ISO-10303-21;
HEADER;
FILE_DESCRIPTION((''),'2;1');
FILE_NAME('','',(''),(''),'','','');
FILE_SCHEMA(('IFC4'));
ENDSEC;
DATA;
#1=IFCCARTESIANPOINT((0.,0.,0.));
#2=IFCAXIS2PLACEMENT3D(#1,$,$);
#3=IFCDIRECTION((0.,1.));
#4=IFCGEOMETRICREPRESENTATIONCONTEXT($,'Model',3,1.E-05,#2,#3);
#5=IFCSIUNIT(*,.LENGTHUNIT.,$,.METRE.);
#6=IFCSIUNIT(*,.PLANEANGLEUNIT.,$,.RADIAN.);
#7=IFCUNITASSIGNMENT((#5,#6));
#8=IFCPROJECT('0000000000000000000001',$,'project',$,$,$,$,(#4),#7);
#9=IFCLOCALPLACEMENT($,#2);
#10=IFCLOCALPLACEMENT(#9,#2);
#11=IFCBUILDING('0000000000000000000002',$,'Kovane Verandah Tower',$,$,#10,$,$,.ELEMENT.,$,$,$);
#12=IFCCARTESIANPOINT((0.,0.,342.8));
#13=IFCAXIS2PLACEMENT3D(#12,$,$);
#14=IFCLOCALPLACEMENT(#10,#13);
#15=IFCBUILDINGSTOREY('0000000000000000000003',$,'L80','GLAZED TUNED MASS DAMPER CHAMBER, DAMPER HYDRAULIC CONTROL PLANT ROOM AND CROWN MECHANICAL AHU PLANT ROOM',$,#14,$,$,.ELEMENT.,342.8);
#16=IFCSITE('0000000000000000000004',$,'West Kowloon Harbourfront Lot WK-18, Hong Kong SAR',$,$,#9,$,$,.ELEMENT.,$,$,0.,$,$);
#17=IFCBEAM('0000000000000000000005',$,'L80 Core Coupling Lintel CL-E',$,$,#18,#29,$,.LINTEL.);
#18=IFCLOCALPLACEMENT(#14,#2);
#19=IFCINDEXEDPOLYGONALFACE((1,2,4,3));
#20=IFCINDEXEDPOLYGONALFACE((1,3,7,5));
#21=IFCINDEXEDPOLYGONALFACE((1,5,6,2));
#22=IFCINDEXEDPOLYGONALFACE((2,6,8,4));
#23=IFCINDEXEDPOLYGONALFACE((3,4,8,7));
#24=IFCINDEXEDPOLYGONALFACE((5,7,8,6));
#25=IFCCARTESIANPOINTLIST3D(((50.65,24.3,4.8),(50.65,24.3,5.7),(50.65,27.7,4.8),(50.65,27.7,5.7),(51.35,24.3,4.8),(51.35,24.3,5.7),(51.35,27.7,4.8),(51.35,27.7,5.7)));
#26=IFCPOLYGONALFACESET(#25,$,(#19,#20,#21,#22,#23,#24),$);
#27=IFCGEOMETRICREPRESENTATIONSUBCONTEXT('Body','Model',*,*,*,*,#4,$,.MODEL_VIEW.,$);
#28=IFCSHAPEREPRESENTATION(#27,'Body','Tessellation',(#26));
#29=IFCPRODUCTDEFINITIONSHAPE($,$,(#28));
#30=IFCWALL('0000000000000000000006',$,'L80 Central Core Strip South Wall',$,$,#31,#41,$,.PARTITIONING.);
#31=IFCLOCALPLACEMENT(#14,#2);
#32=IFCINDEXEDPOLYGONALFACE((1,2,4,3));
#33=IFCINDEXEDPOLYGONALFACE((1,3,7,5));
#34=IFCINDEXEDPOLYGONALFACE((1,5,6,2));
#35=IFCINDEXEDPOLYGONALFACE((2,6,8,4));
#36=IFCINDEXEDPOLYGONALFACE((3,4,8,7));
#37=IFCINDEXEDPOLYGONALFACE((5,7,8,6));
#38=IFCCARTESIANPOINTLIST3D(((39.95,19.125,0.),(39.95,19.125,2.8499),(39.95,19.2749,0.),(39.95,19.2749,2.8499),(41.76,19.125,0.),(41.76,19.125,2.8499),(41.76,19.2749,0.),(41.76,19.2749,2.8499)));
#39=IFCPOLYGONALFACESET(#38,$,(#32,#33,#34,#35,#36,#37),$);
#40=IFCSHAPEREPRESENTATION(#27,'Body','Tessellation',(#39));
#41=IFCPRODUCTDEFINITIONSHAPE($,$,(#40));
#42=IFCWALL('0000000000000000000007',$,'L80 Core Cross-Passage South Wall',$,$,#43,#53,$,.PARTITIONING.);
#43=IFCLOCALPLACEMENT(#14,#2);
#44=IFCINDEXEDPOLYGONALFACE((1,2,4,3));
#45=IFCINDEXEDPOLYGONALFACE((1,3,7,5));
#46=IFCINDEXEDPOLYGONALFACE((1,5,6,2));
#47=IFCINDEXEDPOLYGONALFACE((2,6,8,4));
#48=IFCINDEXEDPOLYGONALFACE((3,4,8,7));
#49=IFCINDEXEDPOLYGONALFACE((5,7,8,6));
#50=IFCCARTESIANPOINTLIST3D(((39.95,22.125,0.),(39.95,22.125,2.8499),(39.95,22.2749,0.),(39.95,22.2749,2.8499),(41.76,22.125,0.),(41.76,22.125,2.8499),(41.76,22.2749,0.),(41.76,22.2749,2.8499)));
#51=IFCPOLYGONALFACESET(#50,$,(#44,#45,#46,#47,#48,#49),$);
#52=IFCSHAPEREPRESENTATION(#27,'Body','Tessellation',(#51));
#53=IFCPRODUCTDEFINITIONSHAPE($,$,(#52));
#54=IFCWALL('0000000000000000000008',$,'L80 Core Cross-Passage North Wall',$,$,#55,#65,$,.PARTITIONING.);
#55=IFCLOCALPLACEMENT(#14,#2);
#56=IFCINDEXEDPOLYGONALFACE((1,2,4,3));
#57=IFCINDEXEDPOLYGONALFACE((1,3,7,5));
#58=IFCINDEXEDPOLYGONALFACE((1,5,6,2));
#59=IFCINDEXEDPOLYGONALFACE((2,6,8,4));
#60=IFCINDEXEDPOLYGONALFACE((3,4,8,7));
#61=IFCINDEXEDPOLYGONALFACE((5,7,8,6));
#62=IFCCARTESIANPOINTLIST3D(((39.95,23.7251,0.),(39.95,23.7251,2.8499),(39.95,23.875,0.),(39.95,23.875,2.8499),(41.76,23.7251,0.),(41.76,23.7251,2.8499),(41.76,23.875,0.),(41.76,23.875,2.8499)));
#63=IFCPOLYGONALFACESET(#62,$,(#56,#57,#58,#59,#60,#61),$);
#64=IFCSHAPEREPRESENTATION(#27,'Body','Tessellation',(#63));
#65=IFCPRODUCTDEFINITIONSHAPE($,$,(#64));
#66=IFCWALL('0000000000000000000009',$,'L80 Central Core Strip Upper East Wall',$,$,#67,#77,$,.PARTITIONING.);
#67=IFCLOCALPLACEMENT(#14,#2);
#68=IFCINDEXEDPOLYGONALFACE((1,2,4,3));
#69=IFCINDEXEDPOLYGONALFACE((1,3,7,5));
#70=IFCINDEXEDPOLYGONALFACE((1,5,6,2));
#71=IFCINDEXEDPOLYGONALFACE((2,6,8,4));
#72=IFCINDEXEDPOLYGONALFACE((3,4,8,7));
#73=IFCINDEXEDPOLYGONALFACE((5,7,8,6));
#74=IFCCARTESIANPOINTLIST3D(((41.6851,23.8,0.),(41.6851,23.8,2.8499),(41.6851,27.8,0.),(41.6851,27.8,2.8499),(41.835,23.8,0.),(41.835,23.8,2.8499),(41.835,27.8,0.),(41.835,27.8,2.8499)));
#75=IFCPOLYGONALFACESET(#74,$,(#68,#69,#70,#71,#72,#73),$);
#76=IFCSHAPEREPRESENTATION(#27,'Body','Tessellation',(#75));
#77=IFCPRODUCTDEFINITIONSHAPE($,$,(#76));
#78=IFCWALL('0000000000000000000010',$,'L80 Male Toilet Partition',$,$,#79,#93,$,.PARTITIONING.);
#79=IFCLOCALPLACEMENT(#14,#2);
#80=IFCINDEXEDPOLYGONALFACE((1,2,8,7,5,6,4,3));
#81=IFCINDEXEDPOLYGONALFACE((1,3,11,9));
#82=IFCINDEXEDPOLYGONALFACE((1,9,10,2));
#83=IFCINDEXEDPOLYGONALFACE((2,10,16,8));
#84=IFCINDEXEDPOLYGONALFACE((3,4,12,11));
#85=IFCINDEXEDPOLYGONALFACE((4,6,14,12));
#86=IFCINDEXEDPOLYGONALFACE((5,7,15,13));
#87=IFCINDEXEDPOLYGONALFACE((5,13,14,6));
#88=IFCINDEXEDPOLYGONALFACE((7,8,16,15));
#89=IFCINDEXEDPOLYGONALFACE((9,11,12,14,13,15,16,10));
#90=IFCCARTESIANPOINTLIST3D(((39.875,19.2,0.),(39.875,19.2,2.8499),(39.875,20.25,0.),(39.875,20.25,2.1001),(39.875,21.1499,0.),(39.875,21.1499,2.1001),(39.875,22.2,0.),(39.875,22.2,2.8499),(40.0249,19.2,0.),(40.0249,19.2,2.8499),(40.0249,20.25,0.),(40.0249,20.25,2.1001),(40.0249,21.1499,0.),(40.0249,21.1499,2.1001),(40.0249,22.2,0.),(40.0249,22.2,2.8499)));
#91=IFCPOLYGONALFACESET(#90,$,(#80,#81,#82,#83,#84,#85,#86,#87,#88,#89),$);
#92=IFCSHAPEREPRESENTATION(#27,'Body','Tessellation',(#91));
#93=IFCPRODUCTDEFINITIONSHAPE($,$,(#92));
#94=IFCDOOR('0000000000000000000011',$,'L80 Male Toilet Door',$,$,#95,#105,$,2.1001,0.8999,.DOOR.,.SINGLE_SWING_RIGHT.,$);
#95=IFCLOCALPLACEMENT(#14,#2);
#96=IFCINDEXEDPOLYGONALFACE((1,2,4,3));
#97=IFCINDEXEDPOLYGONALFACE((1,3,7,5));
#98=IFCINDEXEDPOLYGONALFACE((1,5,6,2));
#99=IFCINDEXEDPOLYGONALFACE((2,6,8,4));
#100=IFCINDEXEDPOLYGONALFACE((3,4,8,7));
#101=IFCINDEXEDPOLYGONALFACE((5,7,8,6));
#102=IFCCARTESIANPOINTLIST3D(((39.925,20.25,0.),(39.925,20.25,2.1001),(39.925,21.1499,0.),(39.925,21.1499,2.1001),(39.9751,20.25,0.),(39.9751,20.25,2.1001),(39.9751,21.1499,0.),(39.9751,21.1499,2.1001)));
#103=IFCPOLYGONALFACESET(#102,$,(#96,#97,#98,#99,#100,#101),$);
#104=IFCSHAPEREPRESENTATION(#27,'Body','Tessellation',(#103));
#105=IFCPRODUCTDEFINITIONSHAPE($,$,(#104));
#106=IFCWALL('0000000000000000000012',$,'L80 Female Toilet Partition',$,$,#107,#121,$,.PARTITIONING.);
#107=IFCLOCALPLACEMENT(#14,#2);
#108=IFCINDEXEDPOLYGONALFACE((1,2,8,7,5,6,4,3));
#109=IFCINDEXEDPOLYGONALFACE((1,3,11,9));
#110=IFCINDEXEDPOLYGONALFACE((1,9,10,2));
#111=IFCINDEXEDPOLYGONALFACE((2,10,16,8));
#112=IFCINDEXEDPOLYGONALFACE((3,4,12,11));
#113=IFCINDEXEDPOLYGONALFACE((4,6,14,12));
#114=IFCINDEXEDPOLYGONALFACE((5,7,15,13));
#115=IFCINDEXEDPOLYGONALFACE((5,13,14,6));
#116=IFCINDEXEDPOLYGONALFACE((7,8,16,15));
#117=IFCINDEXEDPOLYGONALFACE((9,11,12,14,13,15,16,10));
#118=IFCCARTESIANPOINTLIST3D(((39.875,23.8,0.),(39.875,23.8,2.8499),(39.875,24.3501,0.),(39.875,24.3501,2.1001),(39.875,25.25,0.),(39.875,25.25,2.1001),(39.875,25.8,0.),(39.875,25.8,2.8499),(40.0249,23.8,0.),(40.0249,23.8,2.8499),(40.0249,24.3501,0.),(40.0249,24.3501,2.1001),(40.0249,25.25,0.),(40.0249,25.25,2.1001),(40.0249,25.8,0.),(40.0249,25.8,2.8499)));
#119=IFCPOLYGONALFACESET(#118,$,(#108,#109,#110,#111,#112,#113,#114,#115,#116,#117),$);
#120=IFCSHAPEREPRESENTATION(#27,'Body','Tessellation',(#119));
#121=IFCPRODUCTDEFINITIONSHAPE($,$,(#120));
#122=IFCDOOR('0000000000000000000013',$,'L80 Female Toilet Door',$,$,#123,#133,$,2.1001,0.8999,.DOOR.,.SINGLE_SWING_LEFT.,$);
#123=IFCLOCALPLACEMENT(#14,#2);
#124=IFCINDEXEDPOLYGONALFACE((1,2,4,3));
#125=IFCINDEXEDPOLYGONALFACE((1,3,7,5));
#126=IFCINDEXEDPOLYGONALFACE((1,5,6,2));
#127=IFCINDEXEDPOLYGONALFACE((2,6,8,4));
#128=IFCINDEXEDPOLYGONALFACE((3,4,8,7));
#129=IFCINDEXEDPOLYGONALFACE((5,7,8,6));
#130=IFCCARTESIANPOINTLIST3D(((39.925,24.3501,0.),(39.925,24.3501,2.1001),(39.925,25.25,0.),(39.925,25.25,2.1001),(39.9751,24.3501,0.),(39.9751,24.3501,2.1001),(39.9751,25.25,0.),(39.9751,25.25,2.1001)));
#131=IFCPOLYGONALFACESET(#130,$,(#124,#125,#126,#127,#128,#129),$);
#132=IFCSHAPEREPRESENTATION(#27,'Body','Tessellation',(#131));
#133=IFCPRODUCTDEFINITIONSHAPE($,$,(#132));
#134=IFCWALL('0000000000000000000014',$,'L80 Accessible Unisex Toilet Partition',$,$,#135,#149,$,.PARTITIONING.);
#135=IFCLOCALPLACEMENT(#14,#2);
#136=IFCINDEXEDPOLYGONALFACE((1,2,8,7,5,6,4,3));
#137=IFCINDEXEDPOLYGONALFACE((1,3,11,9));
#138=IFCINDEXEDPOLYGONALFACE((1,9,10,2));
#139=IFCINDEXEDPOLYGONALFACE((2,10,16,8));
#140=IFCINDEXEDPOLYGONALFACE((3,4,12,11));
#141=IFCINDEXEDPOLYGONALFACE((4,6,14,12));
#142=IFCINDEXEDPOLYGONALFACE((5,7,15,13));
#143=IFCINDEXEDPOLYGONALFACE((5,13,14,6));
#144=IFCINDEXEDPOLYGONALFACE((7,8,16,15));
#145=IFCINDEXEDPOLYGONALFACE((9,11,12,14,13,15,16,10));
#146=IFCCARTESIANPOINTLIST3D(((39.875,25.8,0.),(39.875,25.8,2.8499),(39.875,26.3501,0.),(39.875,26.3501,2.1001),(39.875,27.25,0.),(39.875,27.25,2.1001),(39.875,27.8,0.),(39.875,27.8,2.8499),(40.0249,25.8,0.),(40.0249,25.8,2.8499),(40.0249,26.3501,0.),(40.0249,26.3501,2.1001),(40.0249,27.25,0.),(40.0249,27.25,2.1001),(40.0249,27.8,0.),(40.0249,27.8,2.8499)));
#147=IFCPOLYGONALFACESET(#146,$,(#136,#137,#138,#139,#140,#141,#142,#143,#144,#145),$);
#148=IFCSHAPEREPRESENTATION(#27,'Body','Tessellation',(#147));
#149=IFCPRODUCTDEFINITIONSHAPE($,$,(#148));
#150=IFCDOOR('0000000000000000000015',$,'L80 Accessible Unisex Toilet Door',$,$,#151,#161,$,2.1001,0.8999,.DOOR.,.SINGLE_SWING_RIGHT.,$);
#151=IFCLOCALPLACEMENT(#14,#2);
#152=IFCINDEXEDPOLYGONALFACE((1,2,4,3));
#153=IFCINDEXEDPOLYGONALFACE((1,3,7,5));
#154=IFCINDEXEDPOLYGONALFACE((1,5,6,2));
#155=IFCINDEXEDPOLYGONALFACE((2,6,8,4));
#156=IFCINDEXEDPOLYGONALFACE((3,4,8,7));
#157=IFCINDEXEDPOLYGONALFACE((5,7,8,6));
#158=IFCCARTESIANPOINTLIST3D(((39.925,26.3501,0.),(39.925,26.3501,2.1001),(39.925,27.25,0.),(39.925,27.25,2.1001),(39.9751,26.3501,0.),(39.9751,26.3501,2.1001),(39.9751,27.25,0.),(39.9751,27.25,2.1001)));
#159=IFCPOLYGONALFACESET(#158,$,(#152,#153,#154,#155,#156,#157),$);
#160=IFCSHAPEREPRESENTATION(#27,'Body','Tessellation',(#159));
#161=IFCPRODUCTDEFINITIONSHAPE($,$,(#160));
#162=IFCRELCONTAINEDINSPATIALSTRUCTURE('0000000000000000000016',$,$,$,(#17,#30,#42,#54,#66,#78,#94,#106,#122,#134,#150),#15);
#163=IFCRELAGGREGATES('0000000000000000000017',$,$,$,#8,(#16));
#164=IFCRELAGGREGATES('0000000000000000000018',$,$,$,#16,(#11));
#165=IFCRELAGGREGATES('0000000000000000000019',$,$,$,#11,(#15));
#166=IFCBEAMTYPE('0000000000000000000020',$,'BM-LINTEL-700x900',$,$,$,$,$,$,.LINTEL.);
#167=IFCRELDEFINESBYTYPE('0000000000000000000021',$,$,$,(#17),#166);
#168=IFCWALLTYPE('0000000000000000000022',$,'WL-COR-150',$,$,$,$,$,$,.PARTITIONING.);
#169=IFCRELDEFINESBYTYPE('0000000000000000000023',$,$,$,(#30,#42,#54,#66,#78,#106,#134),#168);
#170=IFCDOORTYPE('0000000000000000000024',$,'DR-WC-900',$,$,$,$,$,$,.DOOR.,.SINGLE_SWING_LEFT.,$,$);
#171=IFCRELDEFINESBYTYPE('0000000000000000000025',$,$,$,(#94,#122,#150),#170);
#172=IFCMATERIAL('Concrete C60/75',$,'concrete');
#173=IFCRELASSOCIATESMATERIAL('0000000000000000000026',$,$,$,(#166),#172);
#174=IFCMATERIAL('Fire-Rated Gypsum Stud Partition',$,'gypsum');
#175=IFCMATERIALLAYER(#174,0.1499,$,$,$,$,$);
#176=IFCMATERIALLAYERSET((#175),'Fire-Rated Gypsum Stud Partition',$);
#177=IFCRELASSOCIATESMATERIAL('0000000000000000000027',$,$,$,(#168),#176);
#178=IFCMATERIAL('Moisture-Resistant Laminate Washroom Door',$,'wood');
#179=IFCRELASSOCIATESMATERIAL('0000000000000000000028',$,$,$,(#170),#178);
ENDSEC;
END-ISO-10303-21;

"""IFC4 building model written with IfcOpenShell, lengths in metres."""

from ifc_helpers import new_model, si_unit, direction, frame, frame_2d, origin, origin_2d, place, context, subcontext, project, spatial, rectangle, extrude, material, layer, layer_set, material_profile, profile_set, type_object, element, fill, save


model = new_model("IFC4")

# Units and contexts
model_context = context("Model", 3, precision=1e-05, world=origin(), true_north=direction((0.0, 1.0)))
body_context = subcontext(model_context, "Body", "Model", "MODEL_VIEW")
ifc_project = project(units=[si_unit("LENGTHUNIT", "METRE"), si_unit("PLANEANGLEUNIT", "RADIAN")], contexts=[model_context])

# Site, building, storey
site_placement = place(None, origin())
site = spatial("IfcSite", under=ifc_project, at=site_placement, Name="West Kowloon Harbourfront Lot WK-18, Hong Kong SAR", CompositionType="ELEMENT", RefElevation=0.0)
building_placement = place(site_placement, origin())
building = spatial("IfcBuilding", under=site, at=building_placement, Name="Kovane Verandah Tower", CompositionType="ELEMENT")
storey_placement = place(building_placement, frame((0.0, 0.0, 342.8)))
storey = spatial("IfcBuildingStorey", under=building, at=storey_placement, Name="L80", Description="GLAZED TUNED MASS DAMPER CHAMBER, DAMPER HYDRAULIC CONTROL PLANT ROOM AND CROWN MECHANICAL AHU PLANT ROOM", CompositionType="ELEMENT", Elevation=342.8)

# Beam
ifc_material_1 = material(Name="Concrete C60/75", Category="concrete")
ifc_material_profile = material_profile(ifc_material_1, rectangle(XDim=0.7, YDim=0.8999, at=origin_2d()), Name="RCB700x900")
ifc_profile_set = profile_set([ifc_material_profile], Name="Concrete C60/75")
beam_type = type_object("IfcBeamType", Name="BM-LINTEL-700x900", PredefinedType="LINTEL", material=ifc_profile_set)
beam_placement = place(storey_placement, frame((51.0, 24.3, 5.25), z_axis=(0.0, 1.0, 0.0), x_axis=(-1.0, 0.0, 0.0)))
element("IfcBeam", 1, at=beam_placement, inside=storey, type_object=beam_type, Name="L80 Core Coupling Lintel CL-E", PredefinedType="LINTEL", context=body_context, shape_type="SweptSolid", body=[
    extrude(rectangle(XDim=0.7, YDim=0.8999, at=origin_2d()), origin(), (0.0, 0.0, 1.0), 3.3999),
])

# Walls
ifc_material_2 = material(Name="Fire-Rated Gypsum Stud Partition", Category="gypsum")
ifc_layer_1 = layer(ifc_material_2, 0.1499)
ifc_layer_set_1 = layer_set([ifc_layer_1], Name="Fire-Rated Gypsum Stud Partition")
wall_type_1 = type_object("IfcWallType", Name="WL-COR-150", PredefinedType="PARTITIONING", material=ifc_layer_set_1)
for number, where, z_axis, x_axis, name in (
    (2, (39.95, 19.2, 0.0), (0.0, 0.0, 1.0), (1.0, 0.0, 0.0), "L80 Central Core Strip South Wall"),
    (3, (39.95, 22.2, 0.0), (0.0, 0.0, 1.0), (1.0, 0.0, 0.0), "L80 Core Cross-Passage South Wall"),
    (4, (39.95, 23.8, 0.0), (0.0, 0.0, 1.0), (1.0, 0.0, 0.0), "L80 Core Cross-Passage North Wall"),
):
    element("IfcWall", number, at=place(storey_placement, frame(where, z_axis=z_axis, x_axis=x_axis)), inside=storey, type_object=wall_type_1, Name=name, PredefinedType="PARTITIONING", context=body_context, shape_type="SweptSolid", body=[
        extrude(rectangle(XDim=1.8101, YDim=0.1499, at=frame_2d((0.905, 0.0))), origin(), (0.0, 0.0, 1.0), 2.8499),
    ])
wall_1_placement = place(storey_placement, frame((41.76, 23.8, 0.0), z_axis=(0.0, 0.0, 1.0), x_axis=(0.0, 1.0, 0.0)))
element("IfcWall", 5, at=wall_1_placement, inside=storey, type_object=wall_type_1, Name="L80 Central Core Strip Upper East Wall", PredefinedType="PARTITIONING", context=body_context, shape_type="SweptSolid", body=[
    extrude(rectangle(XDim=4.0, YDim=0.1499, at=frame_2d((2.0, 0.0))), origin(), (0.0, 0.0, 1.0), 2.8499),
])

# Walls, openings, doors
wall_2_placement = place(storey_placement, frame((39.95, 19.2, 0.0), z_axis=(0.0, 0.0, 1.0), x_axis=(0.0, 1.0, 0.0)))
wall_2 = element("IfcWall", 6, at=wall_2_placement, inside=storey, type_object=wall_type_1, Name="L80 Male Toilet Partition", PredefinedType="PARTITIONING", context=body_context, shape_type="SweptSolid", body=[
    extrude(rectangle(XDim=3.0, YDim=0.1499, at=frame_2d((1.5, 0.0))), origin(), (0.0, 0.0, 1.0), 2.8499),
])
opening_1_placement = place(wall_2_placement, frame((1.05, 0.0, 0.0)))
opening_1 = element("IfcOpeningElement", 7, at=opening_1_placement, cuts=wall_2, PredefinedType="OPENING", context=body_context, shape_type="SweptSolid", body=[
    extrude(rectangle(XDim=0.8999, YDim=2.1001, at=frame_2d((0.45, 1.05))), frame((0.0, 0.075, 0.0), z_axis=(0.0, -1.0, 0.0), x_axis=(1.0, 0.0, 0.0)), (0.0, 0.0, 1.0), 0.1499),
])
ifc_material_3 = material(Name="Moisture-Resistant Laminate Washroom Door", Category="wood")
door_type_1 = type_object("IfcDoorType", Name="DR-WC-900", OperationType="SINGLE_SWING_LEFT", PredefinedType="DOOR", material=ifc_material_3)
door_1_placement = place(opening_1_placement, origin())
door_1 = element("IfcDoor", 8, at=door_1_placement, inside=storey, type_object=door_type_1, Name="L80 Male Toilet Door", OperationType="SINGLE_SWING_RIGHT", OverallHeight=2.1001, OverallWidth=0.8999, PredefinedType="DOOR", context=body_context, shape_type="SweptSolid", body=[
    extrude(rectangle(XDim=0.8999, YDim=2.1001, at=frame_2d((0.45, 1.05))), frame((0.0, 0.0249, 0.0), z_axis=(0.0, -1.0, 0.0), x_axis=(1.0, 0.0, 0.0)), (0.0, 0.0, 1.0), 0.05),
])
fill(opening_1, door_1)
wall_3_placement = place(storey_placement, frame((39.95, 23.8, 0.0), z_axis=(0.0, 0.0, 1.0), x_axis=(0.0, 1.0, 0.0)))
wall_3 = element("IfcWall", 9, at=wall_3_placement, inside=storey, type_object=wall_type_1, Name="L80 Female Toilet Partition", PredefinedType="PARTITIONING", context=body_context, shape_type="SweptSolid", body=[
    extrude(rectangle(XDim=2.0, YDim=0.1499, at=frame_2d((1.0, 0.0))), origin(), (0.0, 0.0, 1.0), 2.8499),
])
opening_2_placement = place(wall_3_placement, frame((0.55, 0.0, 0.0)))
opening_2 = element("IfcOpeningElement", 10, at=opening_2_placement, cuts=wall_3, PredefinedType="OPENING", context=body_context, shape_type="SweptSolid", body=[
    extrude(rectangle(XDim=0.8999, YDim=2.1001, at=frame_2d((0.45, 1.05))), frame((0.0, 0.075, 0.0), z_axis=(0.0, -1.0, 0.0), x_axis=(1.0, 0.0, 0.0)), (0.0, 0.0, 1.0), 0.1499),
])
door_2_placement = place(opening_2_placement, origin())
door_2 = element("IfcDoor", 11, at=door_2_placement, inside=storey, type_object=door_type_1, Name="L80 Female Toilet Door", OperationType="SINGLE_SWING_LEFT", OverallHeight=2.1001, OverallWidth=0.8999, PredefinedType="DOOR", context=body_context, shape_type="SweptSolid", body=[
    extrude(rectangle(XDim=0.8999, YDim=2.1001, at=frame_2d((0.45, 1.05))), frame((0.0, 0.0249, 0.0), z_axis=(0.0, -1.0, 0.0), x_axis=(1.0, 0.0, 0.0)), (0.0, 0.0, 1.0), 0.05),
])
fill(opening_2, door_2)
wall_4_placement = place(storey_placement, frame((39.95, 25.8, 0.0), z_axis=(0.0, 0.0, 1.0), x_axis=(0.0, 1.0, 0.0)))
wall_4 = element("IfcWall", 12, at=wall_4_placement, inside=storey, type_object=wall_type_1, Name="L80 Accessible Unisex Toilet Partition", PredefinedType="PARTITIONING", context=body_context, shape_type="SweptSolid", body=[
    extrude(rectangle(XDim=2.0, YDim=0.1499, at=frame_2d((1.0, 0.0))), origin(), (0.0, 0.0, 1.0), 2.8499),
])
opening_3_placement = place(wall_4_placement, frame((0.55, 0.0, 0.0)))
opening_3 = element("IfcOpeningElement", 13, at=opening_3_placement, cuts=wall_4, PredefinedType="OPENING", context=body_context, shape_type="SweptSolid", body=[
    extrude(rectangle(XDim=0.8999, YDim=2.1001, at=frame_2d((0.45, 1.05))), frame((0.0, 0.075, 0.0), z_axis=(0.0, -1.0, 0.0), x_axis=(1.0, 0.0, 0.0)), (0.0, 0.0, 1.0), 0.1499),
])
door_3_placement = place(opening_3_placement, origin())
door_3 = element("IfcDoor", 14, at=door_3_placement, inside=storey, type_object=door_type_1, Name="L80 Accessible Unisex Toilet Door", OperationType="SINGLE_SWING_RIGHT", OverallHeight=2.1001, OverallWidth=0.8999, PredefinedType="DOOR", context=body_context, shape_type="SweptSolid", body=[
    extrude(rectangle(XDim=0.8999, YDim=2.1001, at=frame_2d((0.45, 1.05))), frame((0.0, 0.0249, 0.0), z_axis=(0.0, -1.0, 0.0), x_axis=(1.0, 0.0, 0.0)), (0.0, 0.0, 1.0), 0.05),
])
fill(opening_3, door_3)

save(model, "model.ifc")
